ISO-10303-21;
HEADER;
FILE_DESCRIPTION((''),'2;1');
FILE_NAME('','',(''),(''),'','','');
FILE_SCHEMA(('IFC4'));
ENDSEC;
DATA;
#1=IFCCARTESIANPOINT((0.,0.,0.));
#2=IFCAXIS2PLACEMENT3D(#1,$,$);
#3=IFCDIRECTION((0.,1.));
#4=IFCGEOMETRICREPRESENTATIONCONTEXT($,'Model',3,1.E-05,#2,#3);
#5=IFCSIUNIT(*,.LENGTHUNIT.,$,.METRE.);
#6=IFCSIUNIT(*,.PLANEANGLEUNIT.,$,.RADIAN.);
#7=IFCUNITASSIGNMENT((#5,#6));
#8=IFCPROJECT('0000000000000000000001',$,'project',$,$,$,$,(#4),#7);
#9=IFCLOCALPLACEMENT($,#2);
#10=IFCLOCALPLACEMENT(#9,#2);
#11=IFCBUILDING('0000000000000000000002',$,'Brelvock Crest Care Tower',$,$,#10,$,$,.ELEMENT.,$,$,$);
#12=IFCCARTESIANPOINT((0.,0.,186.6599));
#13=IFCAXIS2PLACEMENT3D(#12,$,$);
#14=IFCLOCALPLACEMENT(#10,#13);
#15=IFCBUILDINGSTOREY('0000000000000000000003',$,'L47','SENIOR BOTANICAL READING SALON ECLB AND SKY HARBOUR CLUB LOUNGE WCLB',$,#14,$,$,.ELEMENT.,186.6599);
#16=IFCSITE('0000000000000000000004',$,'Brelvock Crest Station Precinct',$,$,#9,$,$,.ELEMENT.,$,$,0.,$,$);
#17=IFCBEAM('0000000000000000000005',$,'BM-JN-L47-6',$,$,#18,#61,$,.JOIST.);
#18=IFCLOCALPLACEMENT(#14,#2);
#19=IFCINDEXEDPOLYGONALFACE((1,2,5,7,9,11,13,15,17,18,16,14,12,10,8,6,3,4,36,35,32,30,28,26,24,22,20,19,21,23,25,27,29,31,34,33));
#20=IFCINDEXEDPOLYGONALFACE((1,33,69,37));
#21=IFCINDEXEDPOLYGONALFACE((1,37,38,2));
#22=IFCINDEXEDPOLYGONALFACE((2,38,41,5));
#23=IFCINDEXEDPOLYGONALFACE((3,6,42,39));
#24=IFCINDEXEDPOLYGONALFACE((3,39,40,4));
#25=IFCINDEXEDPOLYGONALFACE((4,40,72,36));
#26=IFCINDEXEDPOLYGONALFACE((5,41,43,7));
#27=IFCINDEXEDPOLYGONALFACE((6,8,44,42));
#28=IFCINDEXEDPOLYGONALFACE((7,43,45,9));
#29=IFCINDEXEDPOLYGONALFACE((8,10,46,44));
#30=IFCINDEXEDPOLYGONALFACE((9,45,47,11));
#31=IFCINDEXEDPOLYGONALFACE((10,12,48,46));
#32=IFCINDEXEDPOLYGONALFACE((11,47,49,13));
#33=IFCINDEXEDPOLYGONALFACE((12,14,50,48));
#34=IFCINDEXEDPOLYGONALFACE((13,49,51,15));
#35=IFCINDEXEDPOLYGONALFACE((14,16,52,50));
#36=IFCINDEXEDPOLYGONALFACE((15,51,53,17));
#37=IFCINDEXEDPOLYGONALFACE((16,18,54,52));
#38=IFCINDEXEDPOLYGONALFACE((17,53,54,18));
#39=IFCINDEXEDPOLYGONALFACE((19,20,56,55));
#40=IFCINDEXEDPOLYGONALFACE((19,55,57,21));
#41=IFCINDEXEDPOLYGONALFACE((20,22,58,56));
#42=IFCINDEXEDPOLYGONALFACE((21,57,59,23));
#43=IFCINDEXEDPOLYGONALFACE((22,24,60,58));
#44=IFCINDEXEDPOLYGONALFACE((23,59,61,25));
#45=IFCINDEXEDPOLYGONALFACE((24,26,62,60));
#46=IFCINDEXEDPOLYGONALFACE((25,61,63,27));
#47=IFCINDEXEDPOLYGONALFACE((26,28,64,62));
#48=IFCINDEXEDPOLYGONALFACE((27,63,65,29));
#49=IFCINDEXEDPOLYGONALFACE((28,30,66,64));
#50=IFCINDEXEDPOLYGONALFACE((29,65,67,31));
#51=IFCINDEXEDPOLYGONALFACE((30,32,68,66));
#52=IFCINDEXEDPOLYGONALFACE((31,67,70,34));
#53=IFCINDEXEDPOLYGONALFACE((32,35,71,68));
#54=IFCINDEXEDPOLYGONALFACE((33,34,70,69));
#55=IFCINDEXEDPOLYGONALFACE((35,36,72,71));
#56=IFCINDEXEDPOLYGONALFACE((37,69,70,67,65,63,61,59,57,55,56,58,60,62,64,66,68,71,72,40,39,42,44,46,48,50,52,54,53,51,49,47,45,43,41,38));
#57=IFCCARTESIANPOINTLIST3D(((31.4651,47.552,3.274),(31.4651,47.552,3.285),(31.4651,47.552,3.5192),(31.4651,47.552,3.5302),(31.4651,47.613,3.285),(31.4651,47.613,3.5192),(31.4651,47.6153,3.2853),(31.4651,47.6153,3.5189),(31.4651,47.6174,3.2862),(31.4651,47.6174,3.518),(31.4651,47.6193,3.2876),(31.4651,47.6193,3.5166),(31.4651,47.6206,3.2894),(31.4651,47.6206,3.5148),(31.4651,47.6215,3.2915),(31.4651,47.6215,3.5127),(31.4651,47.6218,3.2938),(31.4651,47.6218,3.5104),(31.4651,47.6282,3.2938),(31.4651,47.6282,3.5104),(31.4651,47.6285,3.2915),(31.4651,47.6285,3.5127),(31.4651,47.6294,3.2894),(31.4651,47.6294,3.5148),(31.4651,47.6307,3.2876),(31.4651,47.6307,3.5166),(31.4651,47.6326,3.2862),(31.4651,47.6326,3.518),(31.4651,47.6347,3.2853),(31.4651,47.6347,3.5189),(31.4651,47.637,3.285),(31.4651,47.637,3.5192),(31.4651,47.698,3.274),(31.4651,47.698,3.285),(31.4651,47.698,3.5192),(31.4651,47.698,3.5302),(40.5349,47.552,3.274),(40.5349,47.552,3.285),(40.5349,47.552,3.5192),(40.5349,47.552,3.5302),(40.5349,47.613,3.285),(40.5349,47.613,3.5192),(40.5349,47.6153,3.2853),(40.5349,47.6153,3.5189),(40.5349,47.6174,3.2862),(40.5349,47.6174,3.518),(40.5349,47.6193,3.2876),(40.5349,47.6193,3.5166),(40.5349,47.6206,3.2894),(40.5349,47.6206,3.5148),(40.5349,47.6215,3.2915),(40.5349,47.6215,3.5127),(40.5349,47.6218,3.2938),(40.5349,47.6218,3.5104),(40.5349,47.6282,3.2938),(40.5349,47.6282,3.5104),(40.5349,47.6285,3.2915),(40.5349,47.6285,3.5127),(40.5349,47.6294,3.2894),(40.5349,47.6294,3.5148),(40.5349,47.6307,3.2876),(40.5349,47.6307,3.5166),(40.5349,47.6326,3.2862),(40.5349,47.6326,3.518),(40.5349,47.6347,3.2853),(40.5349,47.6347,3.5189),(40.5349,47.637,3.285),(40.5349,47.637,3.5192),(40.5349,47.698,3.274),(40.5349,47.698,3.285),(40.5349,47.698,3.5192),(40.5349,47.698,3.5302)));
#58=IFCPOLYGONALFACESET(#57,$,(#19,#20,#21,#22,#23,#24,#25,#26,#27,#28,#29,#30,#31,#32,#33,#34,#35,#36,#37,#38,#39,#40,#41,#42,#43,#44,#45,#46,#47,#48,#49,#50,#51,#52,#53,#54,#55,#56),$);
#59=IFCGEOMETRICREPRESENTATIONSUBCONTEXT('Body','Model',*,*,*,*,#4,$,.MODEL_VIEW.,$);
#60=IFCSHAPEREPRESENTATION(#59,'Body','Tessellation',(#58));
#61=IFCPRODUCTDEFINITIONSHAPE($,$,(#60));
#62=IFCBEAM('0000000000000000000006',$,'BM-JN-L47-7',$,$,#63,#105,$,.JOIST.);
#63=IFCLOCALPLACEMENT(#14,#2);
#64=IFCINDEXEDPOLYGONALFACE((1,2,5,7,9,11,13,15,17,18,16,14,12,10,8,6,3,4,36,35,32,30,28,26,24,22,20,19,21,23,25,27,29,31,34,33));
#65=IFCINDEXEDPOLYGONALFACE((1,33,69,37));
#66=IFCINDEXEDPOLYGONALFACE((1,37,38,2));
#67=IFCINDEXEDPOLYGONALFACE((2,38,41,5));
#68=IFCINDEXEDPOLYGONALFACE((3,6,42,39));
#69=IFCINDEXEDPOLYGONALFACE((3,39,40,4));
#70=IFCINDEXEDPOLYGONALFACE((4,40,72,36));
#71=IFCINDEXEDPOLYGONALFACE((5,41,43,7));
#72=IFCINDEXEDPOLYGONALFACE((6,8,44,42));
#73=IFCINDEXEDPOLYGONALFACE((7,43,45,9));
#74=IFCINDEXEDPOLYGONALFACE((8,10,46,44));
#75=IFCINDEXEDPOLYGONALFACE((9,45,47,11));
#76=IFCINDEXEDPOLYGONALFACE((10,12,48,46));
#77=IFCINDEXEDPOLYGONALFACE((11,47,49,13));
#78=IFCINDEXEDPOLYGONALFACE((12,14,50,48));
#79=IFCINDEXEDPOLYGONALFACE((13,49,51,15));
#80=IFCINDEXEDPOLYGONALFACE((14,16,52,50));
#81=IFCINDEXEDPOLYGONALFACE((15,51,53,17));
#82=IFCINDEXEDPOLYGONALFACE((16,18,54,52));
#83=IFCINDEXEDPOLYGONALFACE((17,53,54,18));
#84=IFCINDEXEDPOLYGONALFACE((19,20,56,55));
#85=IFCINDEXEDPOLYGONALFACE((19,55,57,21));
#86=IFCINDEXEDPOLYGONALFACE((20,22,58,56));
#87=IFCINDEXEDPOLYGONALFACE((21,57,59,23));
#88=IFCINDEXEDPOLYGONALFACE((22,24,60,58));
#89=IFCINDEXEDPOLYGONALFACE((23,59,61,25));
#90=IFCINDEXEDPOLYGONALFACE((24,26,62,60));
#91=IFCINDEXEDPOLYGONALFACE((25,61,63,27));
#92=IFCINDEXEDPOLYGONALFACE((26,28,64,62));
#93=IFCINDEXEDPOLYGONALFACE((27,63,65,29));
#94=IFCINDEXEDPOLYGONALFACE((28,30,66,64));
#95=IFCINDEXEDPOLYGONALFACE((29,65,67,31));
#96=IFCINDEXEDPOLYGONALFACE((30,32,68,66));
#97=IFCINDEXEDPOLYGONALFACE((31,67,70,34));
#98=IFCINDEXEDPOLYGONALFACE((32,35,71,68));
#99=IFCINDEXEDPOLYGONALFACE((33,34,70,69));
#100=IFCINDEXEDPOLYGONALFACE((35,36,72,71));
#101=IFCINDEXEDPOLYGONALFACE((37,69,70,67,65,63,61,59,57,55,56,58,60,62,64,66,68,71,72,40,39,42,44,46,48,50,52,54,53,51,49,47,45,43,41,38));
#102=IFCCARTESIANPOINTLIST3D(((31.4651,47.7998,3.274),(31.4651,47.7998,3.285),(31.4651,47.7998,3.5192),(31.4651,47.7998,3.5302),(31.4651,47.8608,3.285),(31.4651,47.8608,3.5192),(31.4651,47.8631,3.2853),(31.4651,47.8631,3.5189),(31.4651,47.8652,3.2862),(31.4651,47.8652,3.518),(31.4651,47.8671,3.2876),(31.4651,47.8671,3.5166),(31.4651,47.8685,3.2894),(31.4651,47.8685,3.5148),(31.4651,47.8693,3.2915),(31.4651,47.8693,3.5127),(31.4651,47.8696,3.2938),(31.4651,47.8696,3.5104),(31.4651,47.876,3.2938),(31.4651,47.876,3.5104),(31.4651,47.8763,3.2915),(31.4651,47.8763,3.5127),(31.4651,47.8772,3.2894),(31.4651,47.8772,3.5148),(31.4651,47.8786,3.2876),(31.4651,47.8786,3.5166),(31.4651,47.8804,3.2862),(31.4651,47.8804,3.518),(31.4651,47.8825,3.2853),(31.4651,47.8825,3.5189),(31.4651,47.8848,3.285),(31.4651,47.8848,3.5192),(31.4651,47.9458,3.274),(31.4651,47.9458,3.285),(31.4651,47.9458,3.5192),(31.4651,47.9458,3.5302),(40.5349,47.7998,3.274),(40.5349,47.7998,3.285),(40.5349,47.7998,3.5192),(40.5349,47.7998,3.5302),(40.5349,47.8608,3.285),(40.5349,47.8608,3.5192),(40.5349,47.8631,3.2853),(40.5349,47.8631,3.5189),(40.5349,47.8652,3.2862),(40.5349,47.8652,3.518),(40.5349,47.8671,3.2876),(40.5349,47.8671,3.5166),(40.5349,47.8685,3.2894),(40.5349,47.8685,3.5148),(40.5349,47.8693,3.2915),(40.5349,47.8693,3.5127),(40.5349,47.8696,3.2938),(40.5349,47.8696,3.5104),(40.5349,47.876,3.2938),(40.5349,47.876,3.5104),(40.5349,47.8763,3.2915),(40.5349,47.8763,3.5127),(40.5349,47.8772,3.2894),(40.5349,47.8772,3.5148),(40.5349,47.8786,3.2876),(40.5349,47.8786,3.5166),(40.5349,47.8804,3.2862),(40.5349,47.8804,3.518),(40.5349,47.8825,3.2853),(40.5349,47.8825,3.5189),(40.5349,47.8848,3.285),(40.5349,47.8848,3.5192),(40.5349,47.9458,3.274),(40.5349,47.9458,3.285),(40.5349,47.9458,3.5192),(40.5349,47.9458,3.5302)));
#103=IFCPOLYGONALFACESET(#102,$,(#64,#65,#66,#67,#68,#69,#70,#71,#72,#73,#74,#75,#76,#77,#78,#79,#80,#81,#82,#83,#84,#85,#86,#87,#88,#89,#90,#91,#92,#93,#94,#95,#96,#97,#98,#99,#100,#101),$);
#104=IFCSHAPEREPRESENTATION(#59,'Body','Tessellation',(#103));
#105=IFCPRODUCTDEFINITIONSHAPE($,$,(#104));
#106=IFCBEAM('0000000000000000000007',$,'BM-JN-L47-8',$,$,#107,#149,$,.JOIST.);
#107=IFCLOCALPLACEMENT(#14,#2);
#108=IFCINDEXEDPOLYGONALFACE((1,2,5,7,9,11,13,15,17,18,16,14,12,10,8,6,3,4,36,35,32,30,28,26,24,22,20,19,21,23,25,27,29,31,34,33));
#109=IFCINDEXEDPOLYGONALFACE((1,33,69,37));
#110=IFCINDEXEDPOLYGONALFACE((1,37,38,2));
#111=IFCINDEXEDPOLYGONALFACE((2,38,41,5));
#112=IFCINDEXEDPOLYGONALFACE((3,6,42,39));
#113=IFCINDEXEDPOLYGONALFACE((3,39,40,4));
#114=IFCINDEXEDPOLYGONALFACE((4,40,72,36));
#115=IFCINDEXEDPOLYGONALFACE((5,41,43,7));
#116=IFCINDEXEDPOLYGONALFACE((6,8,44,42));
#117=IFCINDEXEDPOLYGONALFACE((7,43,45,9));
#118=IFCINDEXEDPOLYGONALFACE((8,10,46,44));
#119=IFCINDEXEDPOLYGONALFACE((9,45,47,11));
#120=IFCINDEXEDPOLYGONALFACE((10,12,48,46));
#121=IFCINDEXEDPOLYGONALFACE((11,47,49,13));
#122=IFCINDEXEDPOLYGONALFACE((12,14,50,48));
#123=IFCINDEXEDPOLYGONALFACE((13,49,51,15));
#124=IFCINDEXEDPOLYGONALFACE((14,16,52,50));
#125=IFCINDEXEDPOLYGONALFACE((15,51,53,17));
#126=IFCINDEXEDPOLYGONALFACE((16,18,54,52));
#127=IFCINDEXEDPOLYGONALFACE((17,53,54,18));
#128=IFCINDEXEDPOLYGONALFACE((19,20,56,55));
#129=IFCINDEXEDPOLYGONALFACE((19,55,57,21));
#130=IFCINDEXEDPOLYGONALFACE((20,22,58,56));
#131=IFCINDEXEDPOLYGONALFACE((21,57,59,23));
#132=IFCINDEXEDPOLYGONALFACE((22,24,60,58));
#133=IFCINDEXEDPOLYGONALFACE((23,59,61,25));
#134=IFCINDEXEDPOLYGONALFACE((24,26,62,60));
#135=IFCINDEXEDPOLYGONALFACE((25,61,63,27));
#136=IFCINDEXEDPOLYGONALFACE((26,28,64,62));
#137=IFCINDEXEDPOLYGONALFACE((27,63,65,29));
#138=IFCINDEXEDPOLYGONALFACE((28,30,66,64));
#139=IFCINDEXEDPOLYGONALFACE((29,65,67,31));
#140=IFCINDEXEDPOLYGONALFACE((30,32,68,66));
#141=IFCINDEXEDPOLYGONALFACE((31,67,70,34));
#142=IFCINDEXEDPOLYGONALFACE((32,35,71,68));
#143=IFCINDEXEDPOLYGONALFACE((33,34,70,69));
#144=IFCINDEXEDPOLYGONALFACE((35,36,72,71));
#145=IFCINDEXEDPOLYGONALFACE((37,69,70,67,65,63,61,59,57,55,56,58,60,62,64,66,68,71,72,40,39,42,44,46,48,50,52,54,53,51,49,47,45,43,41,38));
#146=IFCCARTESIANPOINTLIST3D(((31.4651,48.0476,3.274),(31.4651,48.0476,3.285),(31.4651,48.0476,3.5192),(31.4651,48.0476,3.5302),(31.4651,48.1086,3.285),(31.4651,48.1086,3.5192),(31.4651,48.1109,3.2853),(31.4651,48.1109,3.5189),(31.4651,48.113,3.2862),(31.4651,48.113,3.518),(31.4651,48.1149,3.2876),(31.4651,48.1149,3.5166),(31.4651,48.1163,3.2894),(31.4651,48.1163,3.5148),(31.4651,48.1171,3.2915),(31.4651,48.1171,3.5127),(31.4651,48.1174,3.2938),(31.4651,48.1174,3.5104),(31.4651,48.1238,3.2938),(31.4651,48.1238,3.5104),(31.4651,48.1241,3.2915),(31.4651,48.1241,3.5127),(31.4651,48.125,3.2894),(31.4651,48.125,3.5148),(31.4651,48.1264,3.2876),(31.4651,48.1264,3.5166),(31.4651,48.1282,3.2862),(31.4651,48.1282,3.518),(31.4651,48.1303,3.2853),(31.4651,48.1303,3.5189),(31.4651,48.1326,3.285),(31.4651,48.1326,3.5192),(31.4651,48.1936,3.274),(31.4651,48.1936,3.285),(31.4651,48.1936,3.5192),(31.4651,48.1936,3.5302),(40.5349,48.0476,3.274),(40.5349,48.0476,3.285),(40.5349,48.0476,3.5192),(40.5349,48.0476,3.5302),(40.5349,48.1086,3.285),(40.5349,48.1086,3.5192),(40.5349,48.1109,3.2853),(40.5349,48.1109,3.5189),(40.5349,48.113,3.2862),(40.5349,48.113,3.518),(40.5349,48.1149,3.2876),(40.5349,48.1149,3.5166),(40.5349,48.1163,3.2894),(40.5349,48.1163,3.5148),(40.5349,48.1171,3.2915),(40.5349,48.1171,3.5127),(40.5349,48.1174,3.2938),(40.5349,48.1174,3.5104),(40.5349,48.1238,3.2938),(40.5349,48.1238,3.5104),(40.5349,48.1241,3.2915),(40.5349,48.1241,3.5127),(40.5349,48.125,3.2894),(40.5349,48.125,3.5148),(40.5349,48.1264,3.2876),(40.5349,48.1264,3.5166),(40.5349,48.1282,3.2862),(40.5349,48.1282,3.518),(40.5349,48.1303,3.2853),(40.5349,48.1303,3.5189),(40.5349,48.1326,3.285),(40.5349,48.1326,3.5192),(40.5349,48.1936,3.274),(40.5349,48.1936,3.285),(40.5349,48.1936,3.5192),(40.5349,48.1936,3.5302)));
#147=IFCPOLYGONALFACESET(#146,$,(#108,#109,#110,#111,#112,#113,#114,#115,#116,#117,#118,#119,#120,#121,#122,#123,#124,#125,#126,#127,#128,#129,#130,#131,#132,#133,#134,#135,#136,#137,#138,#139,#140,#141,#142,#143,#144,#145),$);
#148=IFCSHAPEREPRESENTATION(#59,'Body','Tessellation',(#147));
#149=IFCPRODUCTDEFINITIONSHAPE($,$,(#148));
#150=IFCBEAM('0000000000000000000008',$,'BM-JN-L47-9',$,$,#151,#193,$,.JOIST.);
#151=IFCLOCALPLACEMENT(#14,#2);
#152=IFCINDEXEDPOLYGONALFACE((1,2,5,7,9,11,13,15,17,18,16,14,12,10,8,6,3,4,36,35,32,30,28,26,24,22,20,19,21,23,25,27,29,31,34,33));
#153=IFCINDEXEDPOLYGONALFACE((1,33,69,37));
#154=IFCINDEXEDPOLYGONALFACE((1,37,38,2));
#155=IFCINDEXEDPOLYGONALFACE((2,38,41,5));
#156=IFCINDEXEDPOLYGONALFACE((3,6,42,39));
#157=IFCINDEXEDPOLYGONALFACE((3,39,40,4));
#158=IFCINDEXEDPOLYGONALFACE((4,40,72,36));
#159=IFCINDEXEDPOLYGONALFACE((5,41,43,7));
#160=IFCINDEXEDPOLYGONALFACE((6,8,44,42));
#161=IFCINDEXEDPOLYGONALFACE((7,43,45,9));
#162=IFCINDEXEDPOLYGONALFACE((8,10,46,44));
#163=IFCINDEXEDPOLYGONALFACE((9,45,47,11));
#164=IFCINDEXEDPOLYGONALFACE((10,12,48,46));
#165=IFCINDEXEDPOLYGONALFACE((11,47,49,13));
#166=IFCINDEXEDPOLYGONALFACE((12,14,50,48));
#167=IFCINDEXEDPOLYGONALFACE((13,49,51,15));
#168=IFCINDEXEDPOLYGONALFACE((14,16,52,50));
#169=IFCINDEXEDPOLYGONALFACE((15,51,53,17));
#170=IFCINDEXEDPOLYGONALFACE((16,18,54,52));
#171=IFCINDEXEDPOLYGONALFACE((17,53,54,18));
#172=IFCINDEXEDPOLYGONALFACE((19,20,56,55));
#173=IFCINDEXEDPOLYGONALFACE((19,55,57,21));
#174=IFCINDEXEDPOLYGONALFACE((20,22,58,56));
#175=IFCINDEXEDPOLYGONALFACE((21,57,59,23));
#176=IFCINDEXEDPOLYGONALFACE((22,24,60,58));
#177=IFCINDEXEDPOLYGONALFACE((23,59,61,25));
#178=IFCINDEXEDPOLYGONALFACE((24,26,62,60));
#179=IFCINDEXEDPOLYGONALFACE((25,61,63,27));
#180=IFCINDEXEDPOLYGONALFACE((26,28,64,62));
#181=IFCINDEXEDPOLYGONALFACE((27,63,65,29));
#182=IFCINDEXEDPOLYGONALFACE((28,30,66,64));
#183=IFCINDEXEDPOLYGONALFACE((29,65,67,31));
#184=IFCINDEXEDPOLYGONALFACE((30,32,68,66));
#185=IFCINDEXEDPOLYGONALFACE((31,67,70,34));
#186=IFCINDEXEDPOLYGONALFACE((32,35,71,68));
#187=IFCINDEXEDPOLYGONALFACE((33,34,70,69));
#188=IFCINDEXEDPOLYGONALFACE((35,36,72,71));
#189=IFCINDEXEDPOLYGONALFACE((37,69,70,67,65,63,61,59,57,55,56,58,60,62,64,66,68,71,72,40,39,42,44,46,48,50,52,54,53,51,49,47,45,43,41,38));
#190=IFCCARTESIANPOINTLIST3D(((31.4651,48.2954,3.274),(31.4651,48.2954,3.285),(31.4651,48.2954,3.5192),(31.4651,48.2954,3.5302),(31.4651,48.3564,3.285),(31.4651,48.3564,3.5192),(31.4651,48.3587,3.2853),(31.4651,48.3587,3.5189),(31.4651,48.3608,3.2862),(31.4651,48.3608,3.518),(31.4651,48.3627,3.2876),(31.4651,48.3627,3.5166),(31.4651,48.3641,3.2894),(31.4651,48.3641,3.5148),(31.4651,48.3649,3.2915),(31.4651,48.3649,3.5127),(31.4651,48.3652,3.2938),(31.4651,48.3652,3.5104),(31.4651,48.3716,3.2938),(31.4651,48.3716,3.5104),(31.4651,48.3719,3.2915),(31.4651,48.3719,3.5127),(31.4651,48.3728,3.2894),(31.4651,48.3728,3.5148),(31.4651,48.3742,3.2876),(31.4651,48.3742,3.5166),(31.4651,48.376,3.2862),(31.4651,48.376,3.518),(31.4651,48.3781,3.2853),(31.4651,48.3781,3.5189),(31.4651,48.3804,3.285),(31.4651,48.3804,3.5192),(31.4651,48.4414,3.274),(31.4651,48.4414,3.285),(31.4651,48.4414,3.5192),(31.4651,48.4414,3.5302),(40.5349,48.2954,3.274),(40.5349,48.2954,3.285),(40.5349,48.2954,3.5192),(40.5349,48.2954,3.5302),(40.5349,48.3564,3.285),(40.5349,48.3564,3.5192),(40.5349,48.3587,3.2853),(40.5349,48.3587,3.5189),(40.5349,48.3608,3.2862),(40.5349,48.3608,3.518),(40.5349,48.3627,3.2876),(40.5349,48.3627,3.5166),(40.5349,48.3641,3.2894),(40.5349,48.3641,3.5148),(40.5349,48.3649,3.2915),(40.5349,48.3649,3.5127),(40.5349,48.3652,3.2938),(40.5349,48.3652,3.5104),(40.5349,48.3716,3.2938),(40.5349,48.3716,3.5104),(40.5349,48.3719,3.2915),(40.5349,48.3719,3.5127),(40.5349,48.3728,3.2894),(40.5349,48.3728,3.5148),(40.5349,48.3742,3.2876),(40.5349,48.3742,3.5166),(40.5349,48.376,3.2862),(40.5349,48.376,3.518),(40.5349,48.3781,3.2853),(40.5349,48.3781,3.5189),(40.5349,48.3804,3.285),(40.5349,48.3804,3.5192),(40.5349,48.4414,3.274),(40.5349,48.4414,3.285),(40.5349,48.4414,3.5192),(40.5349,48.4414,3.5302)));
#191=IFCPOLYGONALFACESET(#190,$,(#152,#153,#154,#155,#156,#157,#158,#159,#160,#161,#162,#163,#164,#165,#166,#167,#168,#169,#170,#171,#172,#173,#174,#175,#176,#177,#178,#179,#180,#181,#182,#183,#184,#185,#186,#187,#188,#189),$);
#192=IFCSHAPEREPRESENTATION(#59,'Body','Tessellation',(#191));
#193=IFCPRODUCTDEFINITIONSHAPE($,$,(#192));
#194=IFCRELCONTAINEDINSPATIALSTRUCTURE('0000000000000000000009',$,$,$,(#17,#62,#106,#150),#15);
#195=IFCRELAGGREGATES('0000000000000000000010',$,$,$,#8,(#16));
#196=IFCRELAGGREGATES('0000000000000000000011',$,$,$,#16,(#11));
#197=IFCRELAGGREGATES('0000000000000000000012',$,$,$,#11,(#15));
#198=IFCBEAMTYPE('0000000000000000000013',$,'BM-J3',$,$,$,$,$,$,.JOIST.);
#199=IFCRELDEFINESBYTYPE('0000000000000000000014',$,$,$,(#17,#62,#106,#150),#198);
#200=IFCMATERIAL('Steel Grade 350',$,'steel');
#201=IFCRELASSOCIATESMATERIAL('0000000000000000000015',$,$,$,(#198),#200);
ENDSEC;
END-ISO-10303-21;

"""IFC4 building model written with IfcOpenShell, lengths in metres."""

from ifc_helpers import new_model, si_unit, direction, frame, origin, origin_2d, place, context, subcontext, project, spatial, i_section, extrude, source, transform, mapped, material, material_profile, profile_set, type_object, element, save


model = new_model("IFC4")

# Units and contexts
model_context = context("Model", 3, precision=1e-05, world=origin(), true_north=direction((0.0, 1.0)))
body_context = subcontext(model_context, "Body", "Model", "MODEL_VIEW")
ifc_project = project(units=[si_unit("LENGTHUNIT", "METRE"), si_unit("PLANEANGLEUNIT", "RADIAN")], contexts=[model_context])

# Site, building, storey
site_placement = place(None, origin())
site = spatial("IfcSite", under=ifc_project, at=site_placement, Name="Brelvock Crest Station Precinct", CompositionType="ELEMENT", RefElevation=0.0)
building_placement = place(site_placement, origin())
building = spatial("IfcBuilding", under=site, at=building_placement, Name="Brelvock Crest Care Tower", CompositionType="ELEMENT")
storey_placement = place(building_placement, frame((0.0, 0.0, 186.6599)))
storey = spatial("IfcBuildingStorey", under=building, at=storey_placement, Name="L47", Description="SENIOR BOTANICAL READING SALON ECLB AND SKY HARBOUR CLUB LOUNGE WCLB", CompositionType="ELEMENT", Elevation=186.6599)

# Shared definitions
ifc_material_1 = material(Name="Steel Grade 350", Category="steel")

# Beams
ifc_material_profile_1 = material_profile(ifc_material_1, i_section(OverallWidth=0.146, OverallDepth=0.2561, WebThickness=0.0063, FlangeThickness=0.011, FilletRadius=0.0088, at=origin_2d()), Name="250UB37.3")
ifc_profile_set_1 = profile_set([ifc_material_profile_1], Name="Steel Grade 350")
beam_type_1 = type_object("IfcBeamType", Name="BM-J3", PredefinedType="JOIST", material=ifc_profile_set_1)
shared_shape_1 = source(origin(), body_context, "Body", "SweptSolid", [
    extrude(i_section(OverallWidth=0.146, OverallDepth=0.2561, WebThickness=0.0063, FlangeThickness=0.011, FilletRadius=0.0088, at=origin_2d()), origin(), (0.0, 0.0, 1.0), 9.0698),
])
for number, where, z_axis, x_axis, name in (
    (1, (31.4651, 47.625, 3.4021), (1.0, 0.0, 0.0), (0.0, 1.0, 0.0), "BM-JN-L47-6"),
    (2, (31.4651, 47.8728, 3.4021), (1.0, 0.0, 0.0), (0.0, 1.0, 0.0), "BM-JN-L47-7"),
    (3, (31.4651, 48.1206, 3.4021), (1.0, 0.0, 0.0), (0.0, 1.0, 0.0), "BM-JN-L47-8"),
    (4, (31.4651, 48.3684, 3.4021), (1.0, 0.0, 0.0), (0.0, 1.0, 0.0), "BM-JN-L47-9"),
):
    element("IfcBeam", number, at=place(storey_placement, frame(where, z_axis=z_axis, x_axis=x_axis)), inside=storey, type_object=beam_type_1, Name=name, PredefinedType="JOIST", context=body_context, shape_type="MappedRepresentation", body=[
        mapped(shared_shape_1, transform((0.0, 0.0, 0.0), x_axis=(1.0, 0.0, 0.0), y_axis=(0.0, 1.0, 0.0), z_axis=(0.0, 0.0, 1.0), scale=1.0)),
    ])

save(model, "model.ifc")
